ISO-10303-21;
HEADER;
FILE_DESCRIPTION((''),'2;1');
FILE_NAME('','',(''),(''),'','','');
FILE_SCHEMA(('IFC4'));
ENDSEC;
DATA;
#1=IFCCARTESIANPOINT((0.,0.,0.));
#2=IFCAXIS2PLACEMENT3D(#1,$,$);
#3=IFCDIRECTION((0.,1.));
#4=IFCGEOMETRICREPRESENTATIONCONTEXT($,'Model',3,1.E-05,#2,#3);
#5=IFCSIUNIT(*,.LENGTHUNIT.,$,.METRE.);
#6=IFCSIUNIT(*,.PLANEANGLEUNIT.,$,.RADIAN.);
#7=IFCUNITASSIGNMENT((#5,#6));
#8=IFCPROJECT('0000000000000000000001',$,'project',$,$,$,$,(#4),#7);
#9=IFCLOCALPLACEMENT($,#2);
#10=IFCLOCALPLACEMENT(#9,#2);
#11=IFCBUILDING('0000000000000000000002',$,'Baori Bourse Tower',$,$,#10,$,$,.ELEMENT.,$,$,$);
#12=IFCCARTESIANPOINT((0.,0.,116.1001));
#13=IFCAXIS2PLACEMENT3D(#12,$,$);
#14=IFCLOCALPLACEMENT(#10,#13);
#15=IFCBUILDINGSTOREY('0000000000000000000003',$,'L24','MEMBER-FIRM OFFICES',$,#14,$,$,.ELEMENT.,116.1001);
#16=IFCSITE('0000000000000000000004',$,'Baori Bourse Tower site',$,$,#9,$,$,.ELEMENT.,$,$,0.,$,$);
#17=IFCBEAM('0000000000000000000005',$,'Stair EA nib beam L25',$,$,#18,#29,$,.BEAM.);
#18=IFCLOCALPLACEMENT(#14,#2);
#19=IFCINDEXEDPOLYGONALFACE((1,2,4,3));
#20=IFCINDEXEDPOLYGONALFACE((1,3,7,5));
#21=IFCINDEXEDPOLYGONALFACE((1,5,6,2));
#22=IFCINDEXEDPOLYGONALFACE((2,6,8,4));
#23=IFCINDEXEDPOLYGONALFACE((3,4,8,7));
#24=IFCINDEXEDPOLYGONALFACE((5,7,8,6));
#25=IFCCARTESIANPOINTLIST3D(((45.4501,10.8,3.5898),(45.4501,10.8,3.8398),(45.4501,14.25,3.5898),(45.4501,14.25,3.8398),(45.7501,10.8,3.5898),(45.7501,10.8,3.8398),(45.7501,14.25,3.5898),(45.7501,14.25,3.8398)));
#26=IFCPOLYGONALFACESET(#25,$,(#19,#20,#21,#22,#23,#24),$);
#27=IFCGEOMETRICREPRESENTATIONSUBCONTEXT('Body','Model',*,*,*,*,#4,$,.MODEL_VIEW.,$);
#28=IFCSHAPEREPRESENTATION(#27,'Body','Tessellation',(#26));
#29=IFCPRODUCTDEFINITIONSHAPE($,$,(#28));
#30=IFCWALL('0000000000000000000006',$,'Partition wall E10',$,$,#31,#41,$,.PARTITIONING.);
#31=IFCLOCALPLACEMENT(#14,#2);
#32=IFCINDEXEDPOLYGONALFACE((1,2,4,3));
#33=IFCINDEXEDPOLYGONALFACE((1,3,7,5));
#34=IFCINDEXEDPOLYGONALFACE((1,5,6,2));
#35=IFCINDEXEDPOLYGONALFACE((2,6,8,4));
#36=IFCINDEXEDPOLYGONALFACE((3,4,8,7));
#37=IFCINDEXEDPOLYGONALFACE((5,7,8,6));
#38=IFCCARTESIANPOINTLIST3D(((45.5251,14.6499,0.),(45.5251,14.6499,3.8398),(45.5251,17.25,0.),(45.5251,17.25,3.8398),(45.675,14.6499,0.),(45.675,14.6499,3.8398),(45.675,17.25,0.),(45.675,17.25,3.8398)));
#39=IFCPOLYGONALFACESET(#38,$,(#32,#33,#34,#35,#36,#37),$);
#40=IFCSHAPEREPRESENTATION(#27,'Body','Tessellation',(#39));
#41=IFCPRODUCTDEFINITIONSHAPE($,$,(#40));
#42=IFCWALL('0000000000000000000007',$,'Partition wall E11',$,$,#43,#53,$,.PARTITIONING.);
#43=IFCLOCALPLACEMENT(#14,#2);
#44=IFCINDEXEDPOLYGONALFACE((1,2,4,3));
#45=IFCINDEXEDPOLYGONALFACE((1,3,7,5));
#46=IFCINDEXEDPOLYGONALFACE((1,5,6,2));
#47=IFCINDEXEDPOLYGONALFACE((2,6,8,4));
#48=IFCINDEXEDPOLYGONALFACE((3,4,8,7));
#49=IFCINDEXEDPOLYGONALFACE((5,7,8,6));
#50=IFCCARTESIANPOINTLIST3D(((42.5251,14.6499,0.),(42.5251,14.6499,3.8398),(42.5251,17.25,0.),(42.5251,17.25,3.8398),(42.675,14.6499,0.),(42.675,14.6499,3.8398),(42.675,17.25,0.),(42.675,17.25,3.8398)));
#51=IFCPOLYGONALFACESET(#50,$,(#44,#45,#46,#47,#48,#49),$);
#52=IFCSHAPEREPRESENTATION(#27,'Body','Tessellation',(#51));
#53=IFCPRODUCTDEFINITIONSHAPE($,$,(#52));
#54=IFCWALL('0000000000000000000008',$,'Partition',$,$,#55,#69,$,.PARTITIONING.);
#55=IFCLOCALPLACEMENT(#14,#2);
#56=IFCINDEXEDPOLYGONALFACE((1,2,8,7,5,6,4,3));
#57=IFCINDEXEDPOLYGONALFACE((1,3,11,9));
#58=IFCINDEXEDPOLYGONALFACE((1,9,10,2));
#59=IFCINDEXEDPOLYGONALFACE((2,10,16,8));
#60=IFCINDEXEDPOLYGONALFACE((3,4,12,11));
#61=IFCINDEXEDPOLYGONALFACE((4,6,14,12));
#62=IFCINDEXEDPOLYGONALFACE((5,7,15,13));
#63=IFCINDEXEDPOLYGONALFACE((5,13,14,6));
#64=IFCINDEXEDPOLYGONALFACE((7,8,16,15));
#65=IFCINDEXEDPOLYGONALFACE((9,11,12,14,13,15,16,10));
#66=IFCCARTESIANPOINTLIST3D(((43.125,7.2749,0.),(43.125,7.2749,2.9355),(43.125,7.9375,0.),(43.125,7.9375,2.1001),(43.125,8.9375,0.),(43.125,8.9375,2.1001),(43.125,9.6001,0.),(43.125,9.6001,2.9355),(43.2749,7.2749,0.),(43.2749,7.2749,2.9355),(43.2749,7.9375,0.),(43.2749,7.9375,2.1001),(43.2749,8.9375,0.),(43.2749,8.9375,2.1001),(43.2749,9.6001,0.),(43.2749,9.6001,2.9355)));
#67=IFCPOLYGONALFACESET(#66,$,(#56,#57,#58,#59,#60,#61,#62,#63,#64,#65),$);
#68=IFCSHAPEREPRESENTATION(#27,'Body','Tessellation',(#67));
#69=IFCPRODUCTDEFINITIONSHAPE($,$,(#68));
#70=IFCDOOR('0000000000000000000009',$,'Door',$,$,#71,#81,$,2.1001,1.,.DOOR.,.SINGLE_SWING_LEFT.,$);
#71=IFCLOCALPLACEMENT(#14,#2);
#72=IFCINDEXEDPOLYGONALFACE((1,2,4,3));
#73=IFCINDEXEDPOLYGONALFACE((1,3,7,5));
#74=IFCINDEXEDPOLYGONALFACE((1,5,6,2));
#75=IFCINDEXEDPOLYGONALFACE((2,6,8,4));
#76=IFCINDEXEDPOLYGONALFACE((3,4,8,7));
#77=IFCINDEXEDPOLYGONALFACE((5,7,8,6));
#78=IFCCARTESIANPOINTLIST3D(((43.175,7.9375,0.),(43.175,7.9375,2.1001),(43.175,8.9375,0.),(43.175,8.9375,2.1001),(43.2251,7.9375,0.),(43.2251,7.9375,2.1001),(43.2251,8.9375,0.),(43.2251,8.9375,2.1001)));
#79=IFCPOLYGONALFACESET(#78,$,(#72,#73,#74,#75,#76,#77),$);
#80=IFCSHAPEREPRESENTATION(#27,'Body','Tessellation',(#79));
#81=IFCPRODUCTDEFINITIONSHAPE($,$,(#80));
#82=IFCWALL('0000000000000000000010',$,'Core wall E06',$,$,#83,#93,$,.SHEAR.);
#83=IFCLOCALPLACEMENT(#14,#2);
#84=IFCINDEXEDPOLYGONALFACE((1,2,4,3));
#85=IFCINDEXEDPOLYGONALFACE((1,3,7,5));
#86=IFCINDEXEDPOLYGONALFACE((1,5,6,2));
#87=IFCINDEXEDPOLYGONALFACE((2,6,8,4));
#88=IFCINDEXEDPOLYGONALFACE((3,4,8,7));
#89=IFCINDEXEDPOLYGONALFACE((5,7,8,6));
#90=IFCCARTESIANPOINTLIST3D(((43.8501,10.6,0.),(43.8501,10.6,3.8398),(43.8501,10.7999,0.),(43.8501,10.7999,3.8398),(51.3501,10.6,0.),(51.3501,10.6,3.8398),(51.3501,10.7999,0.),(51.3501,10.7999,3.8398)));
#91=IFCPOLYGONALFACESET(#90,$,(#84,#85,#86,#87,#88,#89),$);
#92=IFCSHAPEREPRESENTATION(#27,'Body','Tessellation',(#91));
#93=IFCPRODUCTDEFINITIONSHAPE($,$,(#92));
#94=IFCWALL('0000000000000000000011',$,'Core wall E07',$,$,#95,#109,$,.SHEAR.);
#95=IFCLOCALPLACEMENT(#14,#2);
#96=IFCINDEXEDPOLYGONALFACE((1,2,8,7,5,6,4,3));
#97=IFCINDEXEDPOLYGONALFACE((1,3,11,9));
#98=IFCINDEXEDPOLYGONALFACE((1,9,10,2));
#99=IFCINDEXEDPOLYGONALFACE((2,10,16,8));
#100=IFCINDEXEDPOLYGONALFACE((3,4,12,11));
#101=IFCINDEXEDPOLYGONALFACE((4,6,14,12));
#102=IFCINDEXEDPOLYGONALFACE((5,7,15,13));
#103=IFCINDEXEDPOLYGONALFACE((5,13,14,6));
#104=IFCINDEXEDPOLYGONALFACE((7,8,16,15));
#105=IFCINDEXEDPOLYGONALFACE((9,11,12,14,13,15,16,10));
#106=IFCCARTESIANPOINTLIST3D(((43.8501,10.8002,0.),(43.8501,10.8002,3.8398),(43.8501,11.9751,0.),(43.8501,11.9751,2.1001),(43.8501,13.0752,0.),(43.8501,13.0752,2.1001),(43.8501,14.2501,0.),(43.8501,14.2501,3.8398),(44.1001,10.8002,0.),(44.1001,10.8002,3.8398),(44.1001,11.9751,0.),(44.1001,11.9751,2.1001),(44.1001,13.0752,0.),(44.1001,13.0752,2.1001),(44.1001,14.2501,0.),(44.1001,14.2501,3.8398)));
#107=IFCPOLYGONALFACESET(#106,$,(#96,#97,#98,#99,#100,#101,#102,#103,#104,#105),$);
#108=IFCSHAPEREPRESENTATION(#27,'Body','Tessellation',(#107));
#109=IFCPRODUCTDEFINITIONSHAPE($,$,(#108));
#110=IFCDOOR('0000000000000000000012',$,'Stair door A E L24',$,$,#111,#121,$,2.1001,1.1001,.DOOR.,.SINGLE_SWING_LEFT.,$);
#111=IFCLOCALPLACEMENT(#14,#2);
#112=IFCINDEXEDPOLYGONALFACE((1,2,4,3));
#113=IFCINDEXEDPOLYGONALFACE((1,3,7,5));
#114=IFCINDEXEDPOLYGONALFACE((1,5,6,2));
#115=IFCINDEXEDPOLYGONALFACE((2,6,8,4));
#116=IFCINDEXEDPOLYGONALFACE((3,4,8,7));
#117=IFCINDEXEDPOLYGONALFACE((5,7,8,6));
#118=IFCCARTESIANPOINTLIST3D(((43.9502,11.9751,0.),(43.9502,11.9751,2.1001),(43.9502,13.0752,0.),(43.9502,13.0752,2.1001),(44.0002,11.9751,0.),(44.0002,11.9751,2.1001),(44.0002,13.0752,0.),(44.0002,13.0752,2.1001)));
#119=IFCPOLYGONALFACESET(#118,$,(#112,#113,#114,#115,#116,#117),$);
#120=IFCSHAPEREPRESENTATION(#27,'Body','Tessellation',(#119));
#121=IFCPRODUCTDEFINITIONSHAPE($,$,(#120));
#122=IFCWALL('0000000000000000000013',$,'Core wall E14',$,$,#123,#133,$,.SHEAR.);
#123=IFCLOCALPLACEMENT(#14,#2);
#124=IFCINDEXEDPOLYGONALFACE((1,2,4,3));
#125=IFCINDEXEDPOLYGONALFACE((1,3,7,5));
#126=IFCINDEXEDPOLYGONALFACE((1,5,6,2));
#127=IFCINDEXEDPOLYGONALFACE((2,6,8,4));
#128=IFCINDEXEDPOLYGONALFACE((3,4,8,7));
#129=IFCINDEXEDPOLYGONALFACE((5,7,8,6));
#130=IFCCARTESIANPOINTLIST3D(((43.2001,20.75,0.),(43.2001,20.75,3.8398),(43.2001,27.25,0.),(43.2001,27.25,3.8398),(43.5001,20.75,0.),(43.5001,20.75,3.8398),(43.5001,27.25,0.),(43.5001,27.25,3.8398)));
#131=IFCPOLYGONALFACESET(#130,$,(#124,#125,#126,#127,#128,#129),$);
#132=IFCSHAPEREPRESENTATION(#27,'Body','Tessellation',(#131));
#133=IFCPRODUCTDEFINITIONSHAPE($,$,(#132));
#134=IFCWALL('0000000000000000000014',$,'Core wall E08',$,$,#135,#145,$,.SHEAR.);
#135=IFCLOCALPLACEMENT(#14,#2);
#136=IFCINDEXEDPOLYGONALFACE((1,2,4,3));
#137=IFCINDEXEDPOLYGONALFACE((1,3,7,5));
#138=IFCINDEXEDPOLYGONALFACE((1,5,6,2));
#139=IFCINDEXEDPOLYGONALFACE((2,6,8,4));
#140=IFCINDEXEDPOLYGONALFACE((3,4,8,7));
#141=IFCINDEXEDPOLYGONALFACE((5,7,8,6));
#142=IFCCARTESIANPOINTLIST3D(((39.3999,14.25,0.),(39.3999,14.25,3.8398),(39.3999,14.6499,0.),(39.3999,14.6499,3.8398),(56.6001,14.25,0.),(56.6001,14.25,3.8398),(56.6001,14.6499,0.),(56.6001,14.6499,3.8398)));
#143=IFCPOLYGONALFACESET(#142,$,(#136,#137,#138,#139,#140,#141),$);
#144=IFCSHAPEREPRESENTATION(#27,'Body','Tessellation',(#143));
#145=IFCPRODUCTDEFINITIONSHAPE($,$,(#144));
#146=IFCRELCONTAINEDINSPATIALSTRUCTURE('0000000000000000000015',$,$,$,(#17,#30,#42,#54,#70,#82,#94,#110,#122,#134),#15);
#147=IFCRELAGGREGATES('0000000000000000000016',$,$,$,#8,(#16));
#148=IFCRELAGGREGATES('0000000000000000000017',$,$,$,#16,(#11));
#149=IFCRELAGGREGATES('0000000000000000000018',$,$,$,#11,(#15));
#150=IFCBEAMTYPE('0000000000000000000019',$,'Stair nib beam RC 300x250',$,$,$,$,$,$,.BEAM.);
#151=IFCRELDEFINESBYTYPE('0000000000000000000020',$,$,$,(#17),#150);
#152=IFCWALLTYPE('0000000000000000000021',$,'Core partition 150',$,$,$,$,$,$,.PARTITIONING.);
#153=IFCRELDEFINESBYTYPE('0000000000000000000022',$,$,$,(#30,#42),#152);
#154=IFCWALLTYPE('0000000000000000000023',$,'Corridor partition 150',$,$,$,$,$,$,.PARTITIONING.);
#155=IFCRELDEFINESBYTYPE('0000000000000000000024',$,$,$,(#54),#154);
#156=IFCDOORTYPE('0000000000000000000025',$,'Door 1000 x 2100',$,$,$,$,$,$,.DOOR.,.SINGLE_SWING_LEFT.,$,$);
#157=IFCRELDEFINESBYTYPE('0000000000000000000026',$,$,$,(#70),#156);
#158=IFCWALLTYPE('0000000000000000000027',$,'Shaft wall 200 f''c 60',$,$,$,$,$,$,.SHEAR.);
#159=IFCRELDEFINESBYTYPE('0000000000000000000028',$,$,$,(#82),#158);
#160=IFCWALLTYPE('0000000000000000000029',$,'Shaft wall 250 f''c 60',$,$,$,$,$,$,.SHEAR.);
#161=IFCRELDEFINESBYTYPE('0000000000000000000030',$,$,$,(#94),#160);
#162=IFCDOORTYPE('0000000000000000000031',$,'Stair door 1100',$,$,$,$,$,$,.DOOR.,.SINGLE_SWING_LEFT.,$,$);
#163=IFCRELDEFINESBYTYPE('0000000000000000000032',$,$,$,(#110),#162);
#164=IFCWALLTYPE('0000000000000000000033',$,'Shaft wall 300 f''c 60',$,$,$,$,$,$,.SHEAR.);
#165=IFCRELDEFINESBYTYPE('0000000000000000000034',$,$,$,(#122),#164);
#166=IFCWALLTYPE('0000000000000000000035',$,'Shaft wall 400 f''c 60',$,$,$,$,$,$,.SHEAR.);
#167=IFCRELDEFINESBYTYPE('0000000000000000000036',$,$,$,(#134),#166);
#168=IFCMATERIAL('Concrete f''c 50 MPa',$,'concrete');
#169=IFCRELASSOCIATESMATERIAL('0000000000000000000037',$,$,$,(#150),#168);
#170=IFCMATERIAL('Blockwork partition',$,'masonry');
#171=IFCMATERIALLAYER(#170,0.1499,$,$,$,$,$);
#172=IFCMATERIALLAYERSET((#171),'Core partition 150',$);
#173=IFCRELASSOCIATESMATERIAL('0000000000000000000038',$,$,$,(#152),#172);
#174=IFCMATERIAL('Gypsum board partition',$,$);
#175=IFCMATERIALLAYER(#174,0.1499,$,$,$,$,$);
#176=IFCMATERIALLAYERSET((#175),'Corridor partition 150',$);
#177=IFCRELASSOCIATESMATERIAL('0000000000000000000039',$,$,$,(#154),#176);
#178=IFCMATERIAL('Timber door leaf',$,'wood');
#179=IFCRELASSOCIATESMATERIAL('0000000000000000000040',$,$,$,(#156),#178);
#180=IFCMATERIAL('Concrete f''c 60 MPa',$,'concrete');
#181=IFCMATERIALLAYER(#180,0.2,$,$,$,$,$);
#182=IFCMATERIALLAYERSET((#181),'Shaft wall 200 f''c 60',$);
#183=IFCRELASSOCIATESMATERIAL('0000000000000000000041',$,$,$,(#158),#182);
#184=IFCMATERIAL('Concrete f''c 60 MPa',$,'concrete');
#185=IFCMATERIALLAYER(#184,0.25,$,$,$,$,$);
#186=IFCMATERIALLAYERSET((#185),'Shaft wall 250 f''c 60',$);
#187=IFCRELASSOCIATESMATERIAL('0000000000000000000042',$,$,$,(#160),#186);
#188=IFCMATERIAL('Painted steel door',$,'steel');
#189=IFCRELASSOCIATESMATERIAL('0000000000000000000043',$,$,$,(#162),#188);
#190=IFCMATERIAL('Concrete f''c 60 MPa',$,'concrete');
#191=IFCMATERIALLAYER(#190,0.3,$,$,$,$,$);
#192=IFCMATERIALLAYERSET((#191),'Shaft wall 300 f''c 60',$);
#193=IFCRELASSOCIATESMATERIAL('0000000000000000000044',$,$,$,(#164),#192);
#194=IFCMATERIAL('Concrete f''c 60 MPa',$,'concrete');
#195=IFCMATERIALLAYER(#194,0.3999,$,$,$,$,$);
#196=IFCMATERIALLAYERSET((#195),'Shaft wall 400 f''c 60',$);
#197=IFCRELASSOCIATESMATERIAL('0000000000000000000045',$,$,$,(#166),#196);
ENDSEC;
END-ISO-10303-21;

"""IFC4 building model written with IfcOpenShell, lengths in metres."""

from ifc_helpers import new_model, si_unit, direction, frame, frame_2d, origin, origin_2d, place, context, subcontext, project, spatial, rectangle, extrude, material, layer, layer_set, material_profile, profile_set, type_object, element, fill, save


model = new_model("IFC4")

# Units and contexts
model_context = context("Model", 3, precision=1e-05, world=origin(), true_north=direction((0.0, 1.0)))
body_context = subcontext(model_context, "Body", "Model", "MODEL_VIEW")
ifc_project = project(units=[si_unit("LENGTHUNIT", "METRE"), si_unit("PLANEANGLEUNIT", "RADIAN")], contexts=[model_context])

# Site, building, storey
site_placement = place(None, origin())
site = spatial("IfcSite", under=ifc_project, at=site_placement, Name="Baori Bourse Tower site", CompositionType="ELEMENT", RefElevation=0.0)
building_placement = place(site_placement, origin())
building = spatial("IfcBuilding", under=site, at=building_placement, Name="Baori Bourse Tower", CompositionType="ELEMENT")
storey_placement = place(building_placement, frame((0.0, 0.0, 116.1001)))
storey = spatial("IfcBuildingStorey", under=building, at=storey_placement, Name="L24", Description="MEMBER-FIRM OFFICES", CompositionType="ELEMENT", Elevation=116.1001)

# Beam
ifc_material_1 = material(Name="Concrete f'c 50 MPa", Category="concrete")
ifc_material_profile = material_profile(ifc_material_1, rectangle(XDim=0.3, YDim=0.25, at=origin_2d()), Name="RC 300x250")
ifc_profile_set = profile_set([ifc_material_profile], Name="Concrete f'c 50 MPa")
beam_type = type_object("IfcBeamType", Name="Stair nib beam RC 300x250", PredefinedType="BEAM", material=ifc_profile_set)
beam_placement = place(storey_placement, frame((45.6001, 10.8, 3.7148), z_axis=(0.0, 1.0, 0.0), x_axis=(-1.0, 0.0, 0.0)))
element("IfcBeam", 1, at=beam_placement, inside=storey, type_object=beam_type, Name="Stair EA nib beam L25", PredefinedType="BEAM", context=body_context, shape_type="SweptSolid", body=[
    extrude(rectangle(XDim=0.3, YDim=0.25, at=origin_2d()), origin(), (0.0, 0.0, 1.0), 3.45),
])

# Walls
ifc_material_2 = material(Name="Blockwork partition", Category="masonry")
ifc_layer_1 = layer(ifc_material_2, 0.1499)
ifc_layer_set_1 = layer_set([ifc_layer_1], Name="Core partition 150")
wall_type_1 = type_object("IfcWallType", Name="Core partition 150", PredefinedType="PARTITIONING", material=ifc_layer_set_1)
for number, where, z_axis, x_axis, name in (
    (2, (45.6001, 14.6499, 0.0), (0.0, 0.0, 1.0), (0.0, 1.0, 0.0), "Partition wall E10"),
    (3, (42.6001, 14.6499, 0.0), (0.0, 0.0, 1.0), (0.0, 1.0, 0.0), "Partition wall E11"),
):
    element("IfcWall", number, at=place(storey_placement, frame(where, z_axis=z_axis, x_axis=x_axis)), inside=storey, type_object=wall_type_1, Name=name, PredefinedType="PARTITIONING", context=body_context, shape_type="SweptSolid", body=[
        extrude(rectangle(XDim=2.6001, YDim=0.1499, at=frame_2d((1.3, 0.0))), origin(), (0.0, 0.0, 1.0), 3.8398),
    ])

# Wall, opening, door
ifc_material_3 = material(Name="Gypsum board partition")
ifc_layer_2 = layer(ifc_material_3, 0.1499)
ifc_layer_set_2 = layer_set([ifc_layer_2], Name="Corridor partition 150")
wall_type_2 = type_object("IfcWallType", Name="Corridor partition 150", PredefinedType="PARTITIONING", material=ifc_layer_set_2)
wall_1_placement = place(storey_placement, frame((43.2, 7.2749, 0.0), z_axis=(0.0, 0.0, 1.0), x_axis=(0.0, 1.0, 0.0)))
wall_1 = element("IfcWall", 4, at=wall_1_placement, inside=storey, type_object=wall_type_2, Name="Partition", PredefinedType="PARTITIONING", context=body_context, shape_type="SweptSolid", body=[
    extrude(rectangle(XDim=2.3252, YDim=0.1499, at=frame_2d((1.1626, 0.0))), origin(), (0.0, 0.0, 1.0), 2.9355),
])
opening_1_placement = place(wall_1_placement, frame((0.6626, 0.0, 0.0)))
opening_1 = element("IfcOpeningElement", 5, at=opening_1_placement, cuts=wall_1, PredefinedType="OPENING", context=body_context, shape_type="SweptSolid", body=[
    extrude(rectangle(XDim=1.0, YDim=2.1001, at=frame_2d((0.5, 1.05))), frame((0.0, 0.085, 0.0), z_axis=(0.0, -1.0, 0.0), x_axis=(1.0, 0.0, 0.0)), (0.0, 0.0, 1.0), 0.1699),
])
ifc_material_4 = material(Name="Timber door leaf", Category="wood")
door_type_1 = type_object("IfcDoorType", Name="Door 1000 x 2100", OperationType="SINGLE_SWING_LEFT", PredefinedType="DOOR", material=ifc_material_4)
door_1_placement = place(opening_1_placement, origin())
door_1 = element("IfcDoor", 6, at=door_1_placement, inside=storey, type_object=door_type_1, Name="Door", OperationType="SINGLE_SWING_LEFT", OverallHeight=2.1001, OverallWidth=1.0, PredefinedType="DOOR", context=body_context, shape_type="SweptSolid", body=[
    extrude(rectangle(XDim=1.0, YDim=2.1001, at=frame_2d((0.5, 1.05))), frame((0.0, 0.0249, 0.0), z_axis=(0.0, -1.0, 0.0), x_axis=(1.0, 0.0, 0.0)), (0.0, 0.0, 1.0), 0.05),
])
fill(opening_1, door_1)

# Wall
ifc_material_5 = material(Name="Concrete f'c 60 MPa", Category="concrete")
ifc_layer_3 = layer(ifc_material_5, 0.2)
ifc_layer_set_3 = layer_set([ifc_layer_3], Name="Shaft wall 200 f'c 60")
wall_type_3 = type_object("IfcWallType", Name="Shaft wall 200 f'c 60", PredefinedType="SHEAR", material=ifc_layer_set_3)
wall_2_placement = place(storey_placement, frame((43.8501, 10.7, 0.0), z_axis=(0.0, 0.0, 1.0), x_axis=(1.0, 0.0, 0.0)))
element("IfcWall", 7, at=wall_2_placement, inside=storey, type_object=wall_type_3, Name="Core wall E06", PredefinedType="SHEAR", context=body_context, shape_type="SweptSolid", body=[
    extrude(rectangle(XDim=7.5, YDim=0.2, at=frame_2d((3.75, 0.0))), origin(), (0.0, 0.0, 1.0), 3.8398),
])

# Wall, opening, door
ifc_material_6 = material(Name="Concrete f'c 60 MPa", Category="concrete")
ifc_layer_4 = layer(ifc_material_6, 0.25)
ifc_layer_set_4 = layer_set([ifc_layer_4], Name="Shaft wall 250 f'c 60")
wall_type_4 = type_object("IfcWallType", Name="Shaft wall 250 f'c 60", PredefinedType="SHEAR", material=ifc_layer_set_4)
wall_3_placement = place(storey_placement, frame((43.9751, 10.8, 0.0), z_axis=(0.0, 0.0, 1.0), x_axis=(0.0, 1.0, 0.0)))
wall_3 = element("IfcWall", 8, at=wall_3_placement, inside=storey, type_object=wall_type_4, Name="Core wall E07", PredefinedType="SHEAR", context=body_context, shape_type="SweptSolid", body=[
    extrude(rectangle(XDim=3.45, YDim=0.25, at=frame_2d((1.7251, 0.0))), origin(), (0.0, 0.0, 1.0), 3.8398),
])
opening_2_placement = place(wall_3_placement, frame((1.175, 0.0, 0.0)))
opening_2 = element("IfcOpeningElement", 9, at=opening_2_placement, cuts=wall_3, PredefinedType="OPENING", context=body_context, shape_type="SweptSolid", body=[
    extrude(rectangle(XDim=1.1001, YDim=2.1001, at=frame_2d((0.55, 1.05))), frame((0.0, 0.135, 0.0), z_axis=(0.0, -1.0, 0.0), x_axis=(1.0, 0.0, 0.0)), (0.0, 0.0, 1.0), 0.27),
])
ifc_material_7 = material(Name="Painted steel door", Category="steel")
door_type_2 = type_object("IfcDoorType", Name="Stair door 1100", OperationType="SINGLE_SWING_LEFT", PredefinedType="DOOR", material=ifc_material_7)
door_2_placement = place(opening_2_placement, origin())
door_2 = element("IfcDoor", 10, at=door_2_placement, inside=storey, type_object=door_type_2, Name="Stair door A E L24", OperationType="SINGLE_SWING_LEFT", OverallHeight=2.1001, OverallWidth=1.1001, PredefinedType="DOOR", context=body_context, shape_type="SweptSolid", body=[
    extrude(rectangle(XDim=1.1001, YDim=2.1001, at=frame_2d((0.55, 1.05))), frame((0.0, 0.0249, 0.0), z_axis=(0.0, -1.0, 0.0), x_axis=(1.0, 0.0, 0.0)), (0.0, 0.0, 1.0), 0.05),
])
fill(opening_2, door_2)

# Walls
ifc_material_8 = material(Name="Concrete f'c 60 MPa", Category="concrete")
ifc_layer_5 = layer(ifc_material_8, 0.3)
ifc_layer_set_5 = layer_set([ifc_layer_5], Name="Shaft wall 300 f'c 60")
wall_type_5 = type_object("IfcWallType", Name="Shaft wall 300 f'c 60", PredefinedType="SHEAR", material=ifc_layer_set_5)
wall_4_placement = place(storey_placement, frame((43.3501, 20.75, 0.0), z_axis=(0.0, 0.0, 1.0), x_axis=(0.0, 1.0, 0.0)))
element("IfcWall", 11, at=wall_4_placement, inside=storey, type_object=wall_type_5, Name="Core wall E14", PredefinedType="SHEAR", context=body_context, shape_type="SweptSolid", body=[
    extrude(rectangle(XDim=6.5, YDim=0.3, at=frame_2d((3.25, 0.0))), origin(), (0.0, 0.0, 1.0), 3.8398),
])
ifc_material_9 = material(Name="Concrete f'c 60 MPa", Category="concrete")
ifc_layer_6 = layer(ifc_material_9, 0.3999)
ifc_layer_set_6 = layer_set([ifc_layer_6], Name="Shaft wall 400 f'c 60")
wall_type_6 = type_object("IfcWallType", Name="Shaft wall 400 f'c 60", PredefinedType="SHEAR", material=ifc_layer_set_6)
wall_5_placement = place(storey_placement, frame((39.3999, 14.45, 0.0), z_axis=(0.0, 0.0, 1.0), x_axis=(1.0, 0.0, 0.0)))
element("IfcWall", 12, at=wall_5_placement, inside=storey, type_object=wall_type_6, Name="Core wall E08", PredefinedType="SHEAR", context=body_context, shape_type="SweptSolid", body=[
    extrude(rectangle(XDim=17.2002, YDim=0.3999, at=frame_2d((8.6001, 0.0))), origin(), (0.0, 0.0, 1.0), 3.8398),
])

save(model, "model.ifc")
